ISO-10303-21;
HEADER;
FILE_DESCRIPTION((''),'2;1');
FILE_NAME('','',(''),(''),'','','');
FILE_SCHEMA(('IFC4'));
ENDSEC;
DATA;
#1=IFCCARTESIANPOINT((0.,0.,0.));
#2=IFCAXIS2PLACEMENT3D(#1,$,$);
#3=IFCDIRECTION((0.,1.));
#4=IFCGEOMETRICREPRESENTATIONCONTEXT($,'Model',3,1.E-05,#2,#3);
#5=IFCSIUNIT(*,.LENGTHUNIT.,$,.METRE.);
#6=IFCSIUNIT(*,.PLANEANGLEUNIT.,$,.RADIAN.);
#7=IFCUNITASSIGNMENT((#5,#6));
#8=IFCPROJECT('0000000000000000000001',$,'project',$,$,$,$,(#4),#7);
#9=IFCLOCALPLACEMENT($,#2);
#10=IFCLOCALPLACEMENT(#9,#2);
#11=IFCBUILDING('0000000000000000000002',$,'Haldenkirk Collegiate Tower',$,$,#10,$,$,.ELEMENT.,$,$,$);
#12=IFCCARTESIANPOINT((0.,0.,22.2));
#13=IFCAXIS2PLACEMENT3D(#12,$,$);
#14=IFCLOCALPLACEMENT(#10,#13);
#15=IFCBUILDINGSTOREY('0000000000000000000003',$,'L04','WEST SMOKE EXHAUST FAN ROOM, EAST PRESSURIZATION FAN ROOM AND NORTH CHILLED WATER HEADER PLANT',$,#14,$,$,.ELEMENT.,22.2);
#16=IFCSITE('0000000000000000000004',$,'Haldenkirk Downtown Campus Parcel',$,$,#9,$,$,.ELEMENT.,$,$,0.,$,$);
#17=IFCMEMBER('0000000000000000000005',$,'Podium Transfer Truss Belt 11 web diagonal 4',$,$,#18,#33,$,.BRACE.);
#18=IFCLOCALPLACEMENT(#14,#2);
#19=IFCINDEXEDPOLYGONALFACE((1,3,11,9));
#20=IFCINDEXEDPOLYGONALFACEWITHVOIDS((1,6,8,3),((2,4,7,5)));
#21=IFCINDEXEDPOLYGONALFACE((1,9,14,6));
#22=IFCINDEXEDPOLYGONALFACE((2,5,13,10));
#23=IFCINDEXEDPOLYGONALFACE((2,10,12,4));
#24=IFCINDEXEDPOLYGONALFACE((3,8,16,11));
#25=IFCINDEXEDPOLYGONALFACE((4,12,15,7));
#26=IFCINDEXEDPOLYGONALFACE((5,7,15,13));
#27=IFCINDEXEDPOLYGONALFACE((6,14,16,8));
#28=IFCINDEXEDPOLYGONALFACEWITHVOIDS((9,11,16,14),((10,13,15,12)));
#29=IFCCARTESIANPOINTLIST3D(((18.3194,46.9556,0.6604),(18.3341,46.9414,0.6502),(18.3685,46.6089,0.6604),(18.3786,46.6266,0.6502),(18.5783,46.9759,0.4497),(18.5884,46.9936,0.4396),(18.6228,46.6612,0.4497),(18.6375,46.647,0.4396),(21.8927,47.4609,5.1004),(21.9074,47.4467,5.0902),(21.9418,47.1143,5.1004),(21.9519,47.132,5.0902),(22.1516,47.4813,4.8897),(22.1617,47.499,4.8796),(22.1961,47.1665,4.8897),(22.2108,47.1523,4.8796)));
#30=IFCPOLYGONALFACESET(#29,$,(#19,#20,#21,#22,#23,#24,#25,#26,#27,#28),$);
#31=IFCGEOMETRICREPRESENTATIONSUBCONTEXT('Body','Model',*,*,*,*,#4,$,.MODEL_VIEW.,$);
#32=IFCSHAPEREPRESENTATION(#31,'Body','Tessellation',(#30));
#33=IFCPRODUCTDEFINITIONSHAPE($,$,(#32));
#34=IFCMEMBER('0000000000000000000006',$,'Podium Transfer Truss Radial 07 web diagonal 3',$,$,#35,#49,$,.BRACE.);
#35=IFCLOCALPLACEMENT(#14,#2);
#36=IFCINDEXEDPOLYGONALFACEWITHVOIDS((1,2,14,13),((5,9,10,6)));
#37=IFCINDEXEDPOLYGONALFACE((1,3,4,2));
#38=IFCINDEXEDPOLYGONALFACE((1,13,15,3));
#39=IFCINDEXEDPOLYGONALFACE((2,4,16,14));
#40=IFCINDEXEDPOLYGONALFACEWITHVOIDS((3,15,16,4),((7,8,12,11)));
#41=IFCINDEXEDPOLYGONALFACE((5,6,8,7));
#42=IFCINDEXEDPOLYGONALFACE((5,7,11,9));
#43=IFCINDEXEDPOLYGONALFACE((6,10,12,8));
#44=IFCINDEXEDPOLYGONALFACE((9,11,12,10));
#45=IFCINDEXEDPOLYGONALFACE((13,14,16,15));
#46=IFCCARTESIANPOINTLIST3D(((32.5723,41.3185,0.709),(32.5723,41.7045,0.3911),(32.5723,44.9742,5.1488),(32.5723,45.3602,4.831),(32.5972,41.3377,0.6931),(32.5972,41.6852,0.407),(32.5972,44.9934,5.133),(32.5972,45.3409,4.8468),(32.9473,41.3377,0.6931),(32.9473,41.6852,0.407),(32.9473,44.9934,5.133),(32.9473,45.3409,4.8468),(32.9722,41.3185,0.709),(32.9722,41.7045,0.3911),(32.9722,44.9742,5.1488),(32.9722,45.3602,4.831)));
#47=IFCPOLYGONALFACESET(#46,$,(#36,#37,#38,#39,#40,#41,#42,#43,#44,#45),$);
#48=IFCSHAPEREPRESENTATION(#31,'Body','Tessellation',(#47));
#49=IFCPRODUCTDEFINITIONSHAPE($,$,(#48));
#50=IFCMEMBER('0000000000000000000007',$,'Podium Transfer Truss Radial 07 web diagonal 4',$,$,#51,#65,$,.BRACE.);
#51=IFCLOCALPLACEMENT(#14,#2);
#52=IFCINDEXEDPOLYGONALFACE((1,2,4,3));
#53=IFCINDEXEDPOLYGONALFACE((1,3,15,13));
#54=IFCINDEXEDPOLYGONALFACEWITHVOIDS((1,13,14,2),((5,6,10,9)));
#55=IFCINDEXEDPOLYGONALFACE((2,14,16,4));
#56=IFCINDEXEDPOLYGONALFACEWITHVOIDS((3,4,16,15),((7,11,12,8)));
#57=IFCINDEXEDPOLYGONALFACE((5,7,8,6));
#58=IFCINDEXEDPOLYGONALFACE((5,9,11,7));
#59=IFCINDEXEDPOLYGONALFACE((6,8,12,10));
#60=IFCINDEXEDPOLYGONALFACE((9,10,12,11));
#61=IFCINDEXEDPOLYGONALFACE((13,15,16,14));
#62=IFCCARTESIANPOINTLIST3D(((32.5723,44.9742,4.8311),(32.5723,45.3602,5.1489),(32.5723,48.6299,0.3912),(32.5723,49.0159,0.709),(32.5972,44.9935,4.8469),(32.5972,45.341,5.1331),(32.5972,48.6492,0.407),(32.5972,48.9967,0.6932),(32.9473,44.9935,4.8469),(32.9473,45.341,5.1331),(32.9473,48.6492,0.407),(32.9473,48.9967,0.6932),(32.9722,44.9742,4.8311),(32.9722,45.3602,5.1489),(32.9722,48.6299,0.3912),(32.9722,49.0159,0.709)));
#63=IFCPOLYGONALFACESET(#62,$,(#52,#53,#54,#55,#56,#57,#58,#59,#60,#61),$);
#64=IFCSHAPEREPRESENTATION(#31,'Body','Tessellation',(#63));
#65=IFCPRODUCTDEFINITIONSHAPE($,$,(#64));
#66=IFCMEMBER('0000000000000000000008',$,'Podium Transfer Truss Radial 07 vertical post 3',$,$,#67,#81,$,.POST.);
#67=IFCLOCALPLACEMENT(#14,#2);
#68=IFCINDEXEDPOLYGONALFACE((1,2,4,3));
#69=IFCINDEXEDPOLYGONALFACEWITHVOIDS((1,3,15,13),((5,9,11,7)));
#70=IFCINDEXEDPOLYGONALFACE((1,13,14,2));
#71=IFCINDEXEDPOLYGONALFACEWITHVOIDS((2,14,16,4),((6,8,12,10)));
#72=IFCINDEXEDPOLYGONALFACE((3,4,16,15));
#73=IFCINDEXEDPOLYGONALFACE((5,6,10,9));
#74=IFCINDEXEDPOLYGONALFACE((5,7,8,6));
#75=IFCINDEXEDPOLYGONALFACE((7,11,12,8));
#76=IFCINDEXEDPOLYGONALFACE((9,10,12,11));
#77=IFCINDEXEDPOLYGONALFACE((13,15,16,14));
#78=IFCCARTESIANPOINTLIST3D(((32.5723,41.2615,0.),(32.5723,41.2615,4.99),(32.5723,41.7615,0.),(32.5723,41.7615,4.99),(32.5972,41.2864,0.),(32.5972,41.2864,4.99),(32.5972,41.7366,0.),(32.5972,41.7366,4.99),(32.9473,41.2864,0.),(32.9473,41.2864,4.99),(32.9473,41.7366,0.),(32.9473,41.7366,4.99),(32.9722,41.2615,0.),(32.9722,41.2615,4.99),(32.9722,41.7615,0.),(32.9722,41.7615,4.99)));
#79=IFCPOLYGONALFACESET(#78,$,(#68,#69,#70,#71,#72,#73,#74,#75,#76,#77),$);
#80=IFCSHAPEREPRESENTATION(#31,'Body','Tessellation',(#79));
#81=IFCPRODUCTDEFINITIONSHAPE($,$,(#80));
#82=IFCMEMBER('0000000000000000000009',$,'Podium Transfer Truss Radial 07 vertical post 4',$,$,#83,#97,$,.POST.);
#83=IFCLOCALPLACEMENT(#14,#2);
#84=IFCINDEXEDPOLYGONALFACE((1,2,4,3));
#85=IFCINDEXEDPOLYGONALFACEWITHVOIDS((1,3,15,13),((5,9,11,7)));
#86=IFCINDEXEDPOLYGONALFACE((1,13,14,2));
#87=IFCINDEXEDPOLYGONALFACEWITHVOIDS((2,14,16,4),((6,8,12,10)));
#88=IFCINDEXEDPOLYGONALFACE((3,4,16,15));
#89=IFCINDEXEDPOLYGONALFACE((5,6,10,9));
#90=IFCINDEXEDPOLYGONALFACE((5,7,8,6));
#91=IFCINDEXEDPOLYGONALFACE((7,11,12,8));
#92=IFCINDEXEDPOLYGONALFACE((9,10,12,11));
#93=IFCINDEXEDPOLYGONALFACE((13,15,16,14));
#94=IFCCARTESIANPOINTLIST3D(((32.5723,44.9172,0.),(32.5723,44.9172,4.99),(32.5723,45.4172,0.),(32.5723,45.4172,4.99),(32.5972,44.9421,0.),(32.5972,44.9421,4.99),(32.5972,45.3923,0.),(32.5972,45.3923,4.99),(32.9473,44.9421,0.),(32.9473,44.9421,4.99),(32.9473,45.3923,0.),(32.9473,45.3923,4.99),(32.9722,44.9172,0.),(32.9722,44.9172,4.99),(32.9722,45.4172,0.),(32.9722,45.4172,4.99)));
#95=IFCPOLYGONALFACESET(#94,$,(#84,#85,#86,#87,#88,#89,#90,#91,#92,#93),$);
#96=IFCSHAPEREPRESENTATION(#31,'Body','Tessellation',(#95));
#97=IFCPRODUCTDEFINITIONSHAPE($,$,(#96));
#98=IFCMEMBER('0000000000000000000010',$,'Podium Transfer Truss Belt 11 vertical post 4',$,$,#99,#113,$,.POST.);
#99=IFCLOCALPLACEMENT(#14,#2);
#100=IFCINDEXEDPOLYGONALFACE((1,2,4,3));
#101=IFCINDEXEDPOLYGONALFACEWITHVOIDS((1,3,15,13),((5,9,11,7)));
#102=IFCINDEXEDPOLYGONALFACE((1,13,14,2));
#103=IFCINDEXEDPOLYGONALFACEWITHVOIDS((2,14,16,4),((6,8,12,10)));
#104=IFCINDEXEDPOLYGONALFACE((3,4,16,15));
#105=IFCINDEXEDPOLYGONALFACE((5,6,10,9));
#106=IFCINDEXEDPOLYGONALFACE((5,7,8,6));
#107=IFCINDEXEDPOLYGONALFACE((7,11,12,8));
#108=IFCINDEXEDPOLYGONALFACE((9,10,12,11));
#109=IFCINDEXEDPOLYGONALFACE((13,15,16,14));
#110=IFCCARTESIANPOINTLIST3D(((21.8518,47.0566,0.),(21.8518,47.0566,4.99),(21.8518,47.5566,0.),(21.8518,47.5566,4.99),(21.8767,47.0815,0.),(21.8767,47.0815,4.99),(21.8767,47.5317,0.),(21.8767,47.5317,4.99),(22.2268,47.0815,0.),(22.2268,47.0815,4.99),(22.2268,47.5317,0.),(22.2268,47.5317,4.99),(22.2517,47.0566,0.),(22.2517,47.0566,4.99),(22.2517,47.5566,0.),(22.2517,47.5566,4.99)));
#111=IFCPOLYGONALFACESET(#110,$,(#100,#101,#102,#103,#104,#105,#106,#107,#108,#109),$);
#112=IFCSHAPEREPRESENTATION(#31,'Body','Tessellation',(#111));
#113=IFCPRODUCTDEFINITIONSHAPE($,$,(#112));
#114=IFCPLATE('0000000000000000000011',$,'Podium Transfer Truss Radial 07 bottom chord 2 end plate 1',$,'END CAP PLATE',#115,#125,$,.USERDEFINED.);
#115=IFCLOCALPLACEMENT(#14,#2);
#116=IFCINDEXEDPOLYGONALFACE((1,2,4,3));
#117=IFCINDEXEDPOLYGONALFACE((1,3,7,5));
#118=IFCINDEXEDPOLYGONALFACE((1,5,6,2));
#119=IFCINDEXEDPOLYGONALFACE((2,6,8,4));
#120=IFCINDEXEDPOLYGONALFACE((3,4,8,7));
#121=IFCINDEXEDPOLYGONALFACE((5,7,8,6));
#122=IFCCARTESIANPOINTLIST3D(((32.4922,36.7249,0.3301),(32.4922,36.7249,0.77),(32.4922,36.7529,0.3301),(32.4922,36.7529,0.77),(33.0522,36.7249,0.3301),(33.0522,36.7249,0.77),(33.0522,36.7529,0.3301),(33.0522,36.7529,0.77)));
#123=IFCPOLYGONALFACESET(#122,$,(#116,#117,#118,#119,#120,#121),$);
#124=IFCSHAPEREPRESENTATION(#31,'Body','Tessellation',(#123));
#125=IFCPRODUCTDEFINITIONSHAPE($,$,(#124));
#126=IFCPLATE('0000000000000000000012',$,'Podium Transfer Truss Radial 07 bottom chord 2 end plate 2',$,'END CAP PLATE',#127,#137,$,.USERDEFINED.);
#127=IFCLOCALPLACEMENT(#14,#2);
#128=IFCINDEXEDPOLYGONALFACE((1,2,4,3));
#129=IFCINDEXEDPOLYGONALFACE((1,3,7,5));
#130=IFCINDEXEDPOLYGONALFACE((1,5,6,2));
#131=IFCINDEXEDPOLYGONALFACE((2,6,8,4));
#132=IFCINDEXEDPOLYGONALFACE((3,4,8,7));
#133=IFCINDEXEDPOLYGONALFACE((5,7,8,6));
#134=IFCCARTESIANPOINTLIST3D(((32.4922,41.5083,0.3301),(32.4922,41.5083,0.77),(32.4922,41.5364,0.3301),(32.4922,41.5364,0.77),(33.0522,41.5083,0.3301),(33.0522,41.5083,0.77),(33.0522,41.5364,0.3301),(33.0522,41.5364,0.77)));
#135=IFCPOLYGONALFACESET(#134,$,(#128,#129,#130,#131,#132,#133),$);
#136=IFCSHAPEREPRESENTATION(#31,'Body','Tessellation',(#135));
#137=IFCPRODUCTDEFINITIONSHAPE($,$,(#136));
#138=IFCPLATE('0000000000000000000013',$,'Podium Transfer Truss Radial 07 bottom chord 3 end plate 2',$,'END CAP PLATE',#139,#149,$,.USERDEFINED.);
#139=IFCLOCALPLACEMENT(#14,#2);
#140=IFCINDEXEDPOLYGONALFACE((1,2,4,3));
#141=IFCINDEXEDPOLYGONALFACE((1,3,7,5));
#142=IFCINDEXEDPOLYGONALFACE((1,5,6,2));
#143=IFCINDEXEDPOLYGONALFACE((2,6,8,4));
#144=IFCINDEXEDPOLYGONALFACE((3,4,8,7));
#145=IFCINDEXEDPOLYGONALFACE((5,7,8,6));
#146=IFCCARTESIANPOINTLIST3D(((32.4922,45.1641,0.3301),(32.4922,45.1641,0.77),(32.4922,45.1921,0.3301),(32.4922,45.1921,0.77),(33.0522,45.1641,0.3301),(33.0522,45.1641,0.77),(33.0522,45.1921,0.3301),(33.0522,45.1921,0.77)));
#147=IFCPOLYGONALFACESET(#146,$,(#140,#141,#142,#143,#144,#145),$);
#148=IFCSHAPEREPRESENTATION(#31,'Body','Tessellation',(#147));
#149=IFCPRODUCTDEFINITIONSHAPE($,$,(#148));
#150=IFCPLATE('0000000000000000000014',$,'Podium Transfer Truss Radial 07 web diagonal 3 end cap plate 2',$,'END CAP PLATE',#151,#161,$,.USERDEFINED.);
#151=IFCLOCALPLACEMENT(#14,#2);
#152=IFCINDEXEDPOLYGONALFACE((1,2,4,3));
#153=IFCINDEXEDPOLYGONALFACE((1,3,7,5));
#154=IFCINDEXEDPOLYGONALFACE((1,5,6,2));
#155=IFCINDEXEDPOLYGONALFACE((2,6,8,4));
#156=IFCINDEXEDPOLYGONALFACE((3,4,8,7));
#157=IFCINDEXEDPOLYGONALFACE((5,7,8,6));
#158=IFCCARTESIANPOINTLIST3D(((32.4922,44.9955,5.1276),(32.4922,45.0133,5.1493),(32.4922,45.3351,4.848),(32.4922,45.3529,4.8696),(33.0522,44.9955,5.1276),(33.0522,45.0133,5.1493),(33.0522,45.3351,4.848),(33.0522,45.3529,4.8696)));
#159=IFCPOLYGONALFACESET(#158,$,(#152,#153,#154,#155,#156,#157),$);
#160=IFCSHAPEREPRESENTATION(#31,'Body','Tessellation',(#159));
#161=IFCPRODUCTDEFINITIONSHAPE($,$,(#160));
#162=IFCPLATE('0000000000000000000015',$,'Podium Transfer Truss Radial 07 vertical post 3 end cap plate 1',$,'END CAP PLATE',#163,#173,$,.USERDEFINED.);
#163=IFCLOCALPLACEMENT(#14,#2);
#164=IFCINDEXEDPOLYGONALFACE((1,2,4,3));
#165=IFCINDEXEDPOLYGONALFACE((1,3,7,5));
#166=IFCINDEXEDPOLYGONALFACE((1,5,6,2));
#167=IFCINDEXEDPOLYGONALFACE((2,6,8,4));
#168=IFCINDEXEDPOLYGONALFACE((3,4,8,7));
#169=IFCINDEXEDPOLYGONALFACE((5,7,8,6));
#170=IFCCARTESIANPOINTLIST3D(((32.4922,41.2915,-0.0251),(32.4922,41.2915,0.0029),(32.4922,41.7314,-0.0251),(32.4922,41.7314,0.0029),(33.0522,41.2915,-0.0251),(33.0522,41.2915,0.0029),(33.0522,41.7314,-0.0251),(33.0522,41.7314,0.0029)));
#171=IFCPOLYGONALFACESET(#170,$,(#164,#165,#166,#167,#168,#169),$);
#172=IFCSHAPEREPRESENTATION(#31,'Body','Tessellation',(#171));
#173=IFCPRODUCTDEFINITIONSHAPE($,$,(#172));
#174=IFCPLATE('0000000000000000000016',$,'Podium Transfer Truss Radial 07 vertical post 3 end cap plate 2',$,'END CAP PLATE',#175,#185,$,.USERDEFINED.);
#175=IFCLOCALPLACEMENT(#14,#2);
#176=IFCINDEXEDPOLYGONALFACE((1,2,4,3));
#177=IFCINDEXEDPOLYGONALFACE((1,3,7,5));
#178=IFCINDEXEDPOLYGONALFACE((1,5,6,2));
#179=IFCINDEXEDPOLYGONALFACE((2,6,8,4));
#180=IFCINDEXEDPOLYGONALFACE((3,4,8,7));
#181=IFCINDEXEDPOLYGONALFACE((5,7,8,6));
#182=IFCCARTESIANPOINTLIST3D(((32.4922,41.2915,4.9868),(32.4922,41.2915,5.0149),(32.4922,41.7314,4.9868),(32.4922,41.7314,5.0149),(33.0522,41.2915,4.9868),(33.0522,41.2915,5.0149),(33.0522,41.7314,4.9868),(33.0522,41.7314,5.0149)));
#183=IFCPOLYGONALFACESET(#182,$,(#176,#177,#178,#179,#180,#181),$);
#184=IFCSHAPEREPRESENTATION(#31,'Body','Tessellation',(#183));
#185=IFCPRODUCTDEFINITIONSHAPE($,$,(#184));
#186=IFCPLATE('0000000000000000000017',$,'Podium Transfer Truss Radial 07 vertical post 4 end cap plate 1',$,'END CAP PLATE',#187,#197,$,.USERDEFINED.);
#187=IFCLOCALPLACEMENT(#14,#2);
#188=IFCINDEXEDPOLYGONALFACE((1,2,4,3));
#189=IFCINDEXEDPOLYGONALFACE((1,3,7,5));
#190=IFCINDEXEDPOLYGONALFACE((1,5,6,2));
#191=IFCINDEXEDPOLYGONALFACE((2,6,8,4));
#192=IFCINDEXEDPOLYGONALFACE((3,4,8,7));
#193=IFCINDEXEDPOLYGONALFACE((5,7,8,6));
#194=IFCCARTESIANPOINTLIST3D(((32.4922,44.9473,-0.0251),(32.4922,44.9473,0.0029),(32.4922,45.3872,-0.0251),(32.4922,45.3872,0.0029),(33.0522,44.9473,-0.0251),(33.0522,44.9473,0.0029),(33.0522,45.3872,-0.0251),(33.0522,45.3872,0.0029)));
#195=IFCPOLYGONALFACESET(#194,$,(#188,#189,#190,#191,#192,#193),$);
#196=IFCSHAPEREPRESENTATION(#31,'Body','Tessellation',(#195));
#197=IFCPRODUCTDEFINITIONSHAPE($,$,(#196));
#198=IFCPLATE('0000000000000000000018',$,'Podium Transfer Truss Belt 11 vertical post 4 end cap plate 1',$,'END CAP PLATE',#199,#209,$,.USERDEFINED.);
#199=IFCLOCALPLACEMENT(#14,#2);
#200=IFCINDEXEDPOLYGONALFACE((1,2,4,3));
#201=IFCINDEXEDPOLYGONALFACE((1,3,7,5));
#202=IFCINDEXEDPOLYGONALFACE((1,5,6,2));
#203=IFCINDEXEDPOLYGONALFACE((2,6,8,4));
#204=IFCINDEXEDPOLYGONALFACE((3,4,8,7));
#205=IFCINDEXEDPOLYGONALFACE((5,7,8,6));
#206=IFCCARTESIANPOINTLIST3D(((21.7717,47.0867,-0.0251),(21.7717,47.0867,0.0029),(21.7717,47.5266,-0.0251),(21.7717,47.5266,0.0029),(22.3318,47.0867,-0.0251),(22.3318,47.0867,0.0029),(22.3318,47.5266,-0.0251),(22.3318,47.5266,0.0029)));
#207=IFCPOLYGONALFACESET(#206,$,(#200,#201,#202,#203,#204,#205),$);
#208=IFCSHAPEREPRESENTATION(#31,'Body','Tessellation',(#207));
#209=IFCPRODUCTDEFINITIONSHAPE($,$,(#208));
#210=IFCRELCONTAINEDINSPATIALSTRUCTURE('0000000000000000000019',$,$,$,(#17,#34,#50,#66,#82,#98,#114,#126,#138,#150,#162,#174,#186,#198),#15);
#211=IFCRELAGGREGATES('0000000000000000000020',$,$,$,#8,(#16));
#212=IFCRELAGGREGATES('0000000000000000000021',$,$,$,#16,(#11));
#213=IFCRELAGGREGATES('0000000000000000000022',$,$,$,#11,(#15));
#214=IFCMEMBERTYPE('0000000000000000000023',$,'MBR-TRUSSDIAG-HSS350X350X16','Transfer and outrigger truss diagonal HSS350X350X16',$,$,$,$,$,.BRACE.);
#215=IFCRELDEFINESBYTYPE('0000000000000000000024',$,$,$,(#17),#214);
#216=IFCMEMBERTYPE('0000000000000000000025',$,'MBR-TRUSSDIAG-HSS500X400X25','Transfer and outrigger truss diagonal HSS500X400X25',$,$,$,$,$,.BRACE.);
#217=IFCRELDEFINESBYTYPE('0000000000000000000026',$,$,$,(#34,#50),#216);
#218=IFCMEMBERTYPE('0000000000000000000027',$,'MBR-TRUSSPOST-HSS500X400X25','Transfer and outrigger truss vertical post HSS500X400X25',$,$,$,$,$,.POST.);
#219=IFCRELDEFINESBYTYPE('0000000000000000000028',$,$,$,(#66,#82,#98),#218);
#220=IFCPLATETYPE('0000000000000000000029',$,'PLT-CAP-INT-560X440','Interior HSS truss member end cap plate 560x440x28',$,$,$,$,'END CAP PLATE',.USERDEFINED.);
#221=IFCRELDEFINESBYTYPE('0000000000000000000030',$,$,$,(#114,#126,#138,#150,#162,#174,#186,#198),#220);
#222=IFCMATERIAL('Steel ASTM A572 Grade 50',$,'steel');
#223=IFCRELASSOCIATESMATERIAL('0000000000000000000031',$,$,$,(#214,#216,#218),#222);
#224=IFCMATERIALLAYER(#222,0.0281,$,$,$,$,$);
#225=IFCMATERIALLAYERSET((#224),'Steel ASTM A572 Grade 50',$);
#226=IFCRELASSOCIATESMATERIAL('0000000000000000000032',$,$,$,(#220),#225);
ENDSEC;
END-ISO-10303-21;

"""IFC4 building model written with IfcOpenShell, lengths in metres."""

from ifc_helpers import new_model, si_unit, direction, frame, origin, origin_2d, place, context, subcontext, project, spatial, rectangle, hollow_rectangle, extrude, source, transform, mapped, material, layer, layer_set, material_profile, profile_set, type_object, element, save


model = new_model("IFC4")

# Units and contexts
model_context = context("Model", 3, precision=1e-05, world=origin(), true_north=direction((0.0, 1.0)))
body_context = subcontext(model_context, "Body", "Model", "MODEL_VIEW")
ifc_project = project(units=[si_unit("LENGTHUNIT", "METRE"), si_unit("PLANEANGLEUNIT", "RADIAN")], contexts=[model_context])

# Site, building, storey
site_placement = place(None, origin())
site = spatial("IfcSite", under=ifc_project, at=site_placement, Name="Haldenkirk Downtown Campus Parcel", CompositionType="ELEMENT", RefElevation=0.0)
building_placement = place(site_placement, origin())
building = spatial("IfcBuilding", under=site, at=building_placement, Name="Haldenkirk Collegiate Tower", CompositionType="ELEMENT")
storey_placement = place(building_placement, frame((0.0, 0.0, 22.2)))
storey = spatial("IfcBuildingStorey", under=building, at=storey_placement, Name="L04", Description="WEST SMOKE EXHAUST FAN ROOM, EAST PRESSURIZATION FAN ROOM AND NORTH CHILLED WATER HEADER PLANT", CompositionType="ELEMENT", Elevation=22.2)

# Members
ifc_material_1 = material(Name="Steel ASTM A572 Grade 50", Category="steel")
ifc_material_profile_1 = material_profile(ifc_material_1, hollow_rectangle(XDim=0.3501, YDim=0.3501, WallThickness=0.0161, at=origin_2d()), Name="HSS350X350X16")
ifc_profile_set_1 = profile_set([ifc_material_profile_1], Name="Steel ASTM A572 Grade 50")
member_type_1 = type_object("IfcMemberType", Name="MBR-TRUSSDIAG-HSS350X350X16", Description="Transfer and outrigger truss diagonal HSS350X350X16", PredefinedType="BRACE", material=ifc_profile_set_1)
member_1_placement = place(storey_placement, frame((22.0518, 47.3066, 4.99), z_axis=(-0.62452, -0.088327, -0.775998), x_axis=(0.140038, -0.990146, 0.0)))
element("IfcMember", 1, at=member_1_placement, inside=storey, type_object=member_type_1, Name="Podium Transfer Truss Belt 11 web diagonal 4", PredefinedType="BRACE", context=body_context, shape_type="SweptSolid", body=[
    extrude(hollow_rectangle(XDim=0.3501, YDim=0.3501, WallThickness=0.0161, at=origin_2d()), origin(), (0.0, 0.0, 1.0), 5.7217),
])
ifc_material_profile_2 = material_profile(ifc_material_1, hollow_rectangle(XDim=0.3999, YDim=0.5, WallThickness=0.0249, at=origin_2d()), Name="HSS500X400X25")
ifc_profile_set_2 = profile_set([ifc_material_profile_2], Name="Steel ASTM A572 Grade 50")
member_type_2 = type_object("IfcMemberType", Name="MBR-TRUSSDIAG-HSS500X400X25", Description="Transfer and outrigger truss diagonal HSS500X400X25", PredefinedType="BRACE", material=ifc_profile_set_2)
for number, where, z_axis, x_axis, name in (
    (2, (32.7722, 41.5115, 0.55), (0.0, 0.635639, 0.771987), (-1.0, 0.0, 0.0), "Podium Transfer Truss Radial 07 web diagonal 3"),
    (3, (32.7722, 45.1672, 4.99), (0.0, 0.635639, -0.771987), (-1.0, 0.0, 0.0), "Podium Transfer Truss Radial 07 web diagonal 4"),
):
    element("IfcMember", number, at=place(storey_placement, frame(where, z_axis=z_axis, x_axis=x_axis)), inside=storey, type_object=member_type_2, Name=name, PredefinedType="BRACE", context=body_context, shape_type="SweptSolid", body=[
        extrude(hollow_rectangle(XDim=0.3999, YDim=0.5, WallThickness=0.0249, at=origin_2d()), origin(), (0.0, 0.0, 1.0), 5.7512),
    ])
ifc_material_profile_3 = material_profile(ifc_material_1, hollow_rectangle(XDim=0.3999, YDim=0.5, WallThickness=0.0249, at=origin_2d()), Name="HSS500X400X25")
ifc_profile_set_3 = profile_set([ifc_material_profile_3], Name="Steel ASTM A572 Grade 50")
member_type_3 = type_object("IfcMemberType", Name="MBR-TRUSSPOST-HSS500X400X25", Description="Transfer and outrigger truss vertical post HSS500X400X25", PredefinedType="POST", material=ifc_profile_set_3)
for number, where, z_axis, x_axis, name in (
    (4, (32.7722, 41.5115, 0.0), (0.0, 0.0, 1.0), (1.0, 0.0, 0.0), "Podium Transfer Truss Radial 07 vertical post 3"),
    (5, (32.7722, 45.1672, 0.0), (0.0, 0.0, 1.0), (1.0, 0.0, 0.0), "Podium Transfer Truss Radial 07 vertical post 4"),
    (6, (22.0518, 47.3066, 0.0), (0.0, 0.0, 1.0), (1.0, 0.0, 0.0), "Podium Transfer Truss Belt 11 vertical post 4"),
):
    element("IfcMember", number, at=place(storey_placement, frame(where, z_axis=z_axis, x_axis=x_axis)), inside=storey, type_object=member_type_3, Name=name, PredefinedType="POST", context=body_context, shape_type="SweptSolid", body=[
        extrude(hollow_rectangle(XDim=0.3999, YDim=0.5, WallThickness=0.0249, at=origin_2d()), origin(), (0.0, 0.0, 1.0), 4.99),
    ])

# Plates
ifc_layer = layer(ifc_material_1, 0.0281)
ifc_layer_set = layer_set([ifc_layer], Name="Steel ASTM A572 Grade 50")
plate_type = type_object("IfcPlateType", Name="PLT-CAP-INT-560X440", Description="Interior HSS truss member end cap plate 560x440x28", ElementType="END CAP PLATE", PredefinedType="USERDEFINED", material=ifc_layer_set)
shared_shape = source(origin(), body_context, "Body", "SweptSolid", [
    extrude(rectangle(XDim=0.5601, YDim=0.4399, at=origin_2d()), origin(), (0.0, 0.0, 1.0), 0.0281),
])
for number, where, z_axis, x_axis, name in (
    (7, (32.7722, 36.7529, 0.55), (0.0, -1.0, 0.0), (1.0, 0.0, 0.0), "Podium Transfer Truss Radial 07 bottom chord 2 end plate 1"),
    (8, (32.7722, 41.5083, 0.55), (0.0, 1.0, 0.0), (-1.0, 0.0, 0.0), "Podium Transfer Truss Radial 07 bottom chord 2 end plate 2"),
    (9, (32.7722, 45.1641, 0.55), (0.0, 1.0, 0.0), (-1.0, 0.0, 0.0), "Podium Transfer Truss Radial 07 bottom chord 3 end plate 2"),
    (10, (32.7722, 45.1653, 4.9878), (0.0, 0.635638, 0.771987), (-1.0, 0.0, 0.0), "Podium Transfer Truss Radial 07 web diagonal 3 end cap plate 2"),
    (11, (32.7722, 41.5115, 0.0029), (0.0, 0.0, -1.0), (1.0, 0.0, 0.0), "Podium Transfer Truss Radial 07 vertical post 3 end cap plate 1"),
    (12, (32.7722, 41.5115, 4.9868), (0.0, 0.0, 1.0), (1.0, 0.0, 0.0), "Podium Transfer Truss Radial 07 vertical post 3 end cap plate 2"),
    (13, (32.7722, 45.1672, 0.0029), (0.0, 0.0, -1.0), (1.0, 0.0, 0.0), "Podium Transfer Truss Radial 07 vertical post 4 end cap plate 1"),
    (14, (22.0518, 47.3066, 0.0029), (0.0, 0.0, -1.0), (1.0, 0.0, 0.0), "Podium Transfer Truss Belt 11 vertical post 4 end cap plate 1"),
):
    element("IfcPlate", number, at=place(storey_placement, frame(where, z_axis=z_axis, x_axis=x_axis)), inside=storey, type_object=plate_type, Name=name, ObjectType="END CAP PLATE", PredefinedType="USERDEFINED", context=body_context, shape_type="MappedRepresentation", body=[
        mapped(shared_shape, transform((0.0, 0.0, 0.0), x_axis=(1.0, 0.0, 0.0), y_axis=(0.0, 1.0, 0.0), z_axis=(0.0, 0.0, 1.0), scale=1.0)),
    ])

save(model, "model.ifc")
